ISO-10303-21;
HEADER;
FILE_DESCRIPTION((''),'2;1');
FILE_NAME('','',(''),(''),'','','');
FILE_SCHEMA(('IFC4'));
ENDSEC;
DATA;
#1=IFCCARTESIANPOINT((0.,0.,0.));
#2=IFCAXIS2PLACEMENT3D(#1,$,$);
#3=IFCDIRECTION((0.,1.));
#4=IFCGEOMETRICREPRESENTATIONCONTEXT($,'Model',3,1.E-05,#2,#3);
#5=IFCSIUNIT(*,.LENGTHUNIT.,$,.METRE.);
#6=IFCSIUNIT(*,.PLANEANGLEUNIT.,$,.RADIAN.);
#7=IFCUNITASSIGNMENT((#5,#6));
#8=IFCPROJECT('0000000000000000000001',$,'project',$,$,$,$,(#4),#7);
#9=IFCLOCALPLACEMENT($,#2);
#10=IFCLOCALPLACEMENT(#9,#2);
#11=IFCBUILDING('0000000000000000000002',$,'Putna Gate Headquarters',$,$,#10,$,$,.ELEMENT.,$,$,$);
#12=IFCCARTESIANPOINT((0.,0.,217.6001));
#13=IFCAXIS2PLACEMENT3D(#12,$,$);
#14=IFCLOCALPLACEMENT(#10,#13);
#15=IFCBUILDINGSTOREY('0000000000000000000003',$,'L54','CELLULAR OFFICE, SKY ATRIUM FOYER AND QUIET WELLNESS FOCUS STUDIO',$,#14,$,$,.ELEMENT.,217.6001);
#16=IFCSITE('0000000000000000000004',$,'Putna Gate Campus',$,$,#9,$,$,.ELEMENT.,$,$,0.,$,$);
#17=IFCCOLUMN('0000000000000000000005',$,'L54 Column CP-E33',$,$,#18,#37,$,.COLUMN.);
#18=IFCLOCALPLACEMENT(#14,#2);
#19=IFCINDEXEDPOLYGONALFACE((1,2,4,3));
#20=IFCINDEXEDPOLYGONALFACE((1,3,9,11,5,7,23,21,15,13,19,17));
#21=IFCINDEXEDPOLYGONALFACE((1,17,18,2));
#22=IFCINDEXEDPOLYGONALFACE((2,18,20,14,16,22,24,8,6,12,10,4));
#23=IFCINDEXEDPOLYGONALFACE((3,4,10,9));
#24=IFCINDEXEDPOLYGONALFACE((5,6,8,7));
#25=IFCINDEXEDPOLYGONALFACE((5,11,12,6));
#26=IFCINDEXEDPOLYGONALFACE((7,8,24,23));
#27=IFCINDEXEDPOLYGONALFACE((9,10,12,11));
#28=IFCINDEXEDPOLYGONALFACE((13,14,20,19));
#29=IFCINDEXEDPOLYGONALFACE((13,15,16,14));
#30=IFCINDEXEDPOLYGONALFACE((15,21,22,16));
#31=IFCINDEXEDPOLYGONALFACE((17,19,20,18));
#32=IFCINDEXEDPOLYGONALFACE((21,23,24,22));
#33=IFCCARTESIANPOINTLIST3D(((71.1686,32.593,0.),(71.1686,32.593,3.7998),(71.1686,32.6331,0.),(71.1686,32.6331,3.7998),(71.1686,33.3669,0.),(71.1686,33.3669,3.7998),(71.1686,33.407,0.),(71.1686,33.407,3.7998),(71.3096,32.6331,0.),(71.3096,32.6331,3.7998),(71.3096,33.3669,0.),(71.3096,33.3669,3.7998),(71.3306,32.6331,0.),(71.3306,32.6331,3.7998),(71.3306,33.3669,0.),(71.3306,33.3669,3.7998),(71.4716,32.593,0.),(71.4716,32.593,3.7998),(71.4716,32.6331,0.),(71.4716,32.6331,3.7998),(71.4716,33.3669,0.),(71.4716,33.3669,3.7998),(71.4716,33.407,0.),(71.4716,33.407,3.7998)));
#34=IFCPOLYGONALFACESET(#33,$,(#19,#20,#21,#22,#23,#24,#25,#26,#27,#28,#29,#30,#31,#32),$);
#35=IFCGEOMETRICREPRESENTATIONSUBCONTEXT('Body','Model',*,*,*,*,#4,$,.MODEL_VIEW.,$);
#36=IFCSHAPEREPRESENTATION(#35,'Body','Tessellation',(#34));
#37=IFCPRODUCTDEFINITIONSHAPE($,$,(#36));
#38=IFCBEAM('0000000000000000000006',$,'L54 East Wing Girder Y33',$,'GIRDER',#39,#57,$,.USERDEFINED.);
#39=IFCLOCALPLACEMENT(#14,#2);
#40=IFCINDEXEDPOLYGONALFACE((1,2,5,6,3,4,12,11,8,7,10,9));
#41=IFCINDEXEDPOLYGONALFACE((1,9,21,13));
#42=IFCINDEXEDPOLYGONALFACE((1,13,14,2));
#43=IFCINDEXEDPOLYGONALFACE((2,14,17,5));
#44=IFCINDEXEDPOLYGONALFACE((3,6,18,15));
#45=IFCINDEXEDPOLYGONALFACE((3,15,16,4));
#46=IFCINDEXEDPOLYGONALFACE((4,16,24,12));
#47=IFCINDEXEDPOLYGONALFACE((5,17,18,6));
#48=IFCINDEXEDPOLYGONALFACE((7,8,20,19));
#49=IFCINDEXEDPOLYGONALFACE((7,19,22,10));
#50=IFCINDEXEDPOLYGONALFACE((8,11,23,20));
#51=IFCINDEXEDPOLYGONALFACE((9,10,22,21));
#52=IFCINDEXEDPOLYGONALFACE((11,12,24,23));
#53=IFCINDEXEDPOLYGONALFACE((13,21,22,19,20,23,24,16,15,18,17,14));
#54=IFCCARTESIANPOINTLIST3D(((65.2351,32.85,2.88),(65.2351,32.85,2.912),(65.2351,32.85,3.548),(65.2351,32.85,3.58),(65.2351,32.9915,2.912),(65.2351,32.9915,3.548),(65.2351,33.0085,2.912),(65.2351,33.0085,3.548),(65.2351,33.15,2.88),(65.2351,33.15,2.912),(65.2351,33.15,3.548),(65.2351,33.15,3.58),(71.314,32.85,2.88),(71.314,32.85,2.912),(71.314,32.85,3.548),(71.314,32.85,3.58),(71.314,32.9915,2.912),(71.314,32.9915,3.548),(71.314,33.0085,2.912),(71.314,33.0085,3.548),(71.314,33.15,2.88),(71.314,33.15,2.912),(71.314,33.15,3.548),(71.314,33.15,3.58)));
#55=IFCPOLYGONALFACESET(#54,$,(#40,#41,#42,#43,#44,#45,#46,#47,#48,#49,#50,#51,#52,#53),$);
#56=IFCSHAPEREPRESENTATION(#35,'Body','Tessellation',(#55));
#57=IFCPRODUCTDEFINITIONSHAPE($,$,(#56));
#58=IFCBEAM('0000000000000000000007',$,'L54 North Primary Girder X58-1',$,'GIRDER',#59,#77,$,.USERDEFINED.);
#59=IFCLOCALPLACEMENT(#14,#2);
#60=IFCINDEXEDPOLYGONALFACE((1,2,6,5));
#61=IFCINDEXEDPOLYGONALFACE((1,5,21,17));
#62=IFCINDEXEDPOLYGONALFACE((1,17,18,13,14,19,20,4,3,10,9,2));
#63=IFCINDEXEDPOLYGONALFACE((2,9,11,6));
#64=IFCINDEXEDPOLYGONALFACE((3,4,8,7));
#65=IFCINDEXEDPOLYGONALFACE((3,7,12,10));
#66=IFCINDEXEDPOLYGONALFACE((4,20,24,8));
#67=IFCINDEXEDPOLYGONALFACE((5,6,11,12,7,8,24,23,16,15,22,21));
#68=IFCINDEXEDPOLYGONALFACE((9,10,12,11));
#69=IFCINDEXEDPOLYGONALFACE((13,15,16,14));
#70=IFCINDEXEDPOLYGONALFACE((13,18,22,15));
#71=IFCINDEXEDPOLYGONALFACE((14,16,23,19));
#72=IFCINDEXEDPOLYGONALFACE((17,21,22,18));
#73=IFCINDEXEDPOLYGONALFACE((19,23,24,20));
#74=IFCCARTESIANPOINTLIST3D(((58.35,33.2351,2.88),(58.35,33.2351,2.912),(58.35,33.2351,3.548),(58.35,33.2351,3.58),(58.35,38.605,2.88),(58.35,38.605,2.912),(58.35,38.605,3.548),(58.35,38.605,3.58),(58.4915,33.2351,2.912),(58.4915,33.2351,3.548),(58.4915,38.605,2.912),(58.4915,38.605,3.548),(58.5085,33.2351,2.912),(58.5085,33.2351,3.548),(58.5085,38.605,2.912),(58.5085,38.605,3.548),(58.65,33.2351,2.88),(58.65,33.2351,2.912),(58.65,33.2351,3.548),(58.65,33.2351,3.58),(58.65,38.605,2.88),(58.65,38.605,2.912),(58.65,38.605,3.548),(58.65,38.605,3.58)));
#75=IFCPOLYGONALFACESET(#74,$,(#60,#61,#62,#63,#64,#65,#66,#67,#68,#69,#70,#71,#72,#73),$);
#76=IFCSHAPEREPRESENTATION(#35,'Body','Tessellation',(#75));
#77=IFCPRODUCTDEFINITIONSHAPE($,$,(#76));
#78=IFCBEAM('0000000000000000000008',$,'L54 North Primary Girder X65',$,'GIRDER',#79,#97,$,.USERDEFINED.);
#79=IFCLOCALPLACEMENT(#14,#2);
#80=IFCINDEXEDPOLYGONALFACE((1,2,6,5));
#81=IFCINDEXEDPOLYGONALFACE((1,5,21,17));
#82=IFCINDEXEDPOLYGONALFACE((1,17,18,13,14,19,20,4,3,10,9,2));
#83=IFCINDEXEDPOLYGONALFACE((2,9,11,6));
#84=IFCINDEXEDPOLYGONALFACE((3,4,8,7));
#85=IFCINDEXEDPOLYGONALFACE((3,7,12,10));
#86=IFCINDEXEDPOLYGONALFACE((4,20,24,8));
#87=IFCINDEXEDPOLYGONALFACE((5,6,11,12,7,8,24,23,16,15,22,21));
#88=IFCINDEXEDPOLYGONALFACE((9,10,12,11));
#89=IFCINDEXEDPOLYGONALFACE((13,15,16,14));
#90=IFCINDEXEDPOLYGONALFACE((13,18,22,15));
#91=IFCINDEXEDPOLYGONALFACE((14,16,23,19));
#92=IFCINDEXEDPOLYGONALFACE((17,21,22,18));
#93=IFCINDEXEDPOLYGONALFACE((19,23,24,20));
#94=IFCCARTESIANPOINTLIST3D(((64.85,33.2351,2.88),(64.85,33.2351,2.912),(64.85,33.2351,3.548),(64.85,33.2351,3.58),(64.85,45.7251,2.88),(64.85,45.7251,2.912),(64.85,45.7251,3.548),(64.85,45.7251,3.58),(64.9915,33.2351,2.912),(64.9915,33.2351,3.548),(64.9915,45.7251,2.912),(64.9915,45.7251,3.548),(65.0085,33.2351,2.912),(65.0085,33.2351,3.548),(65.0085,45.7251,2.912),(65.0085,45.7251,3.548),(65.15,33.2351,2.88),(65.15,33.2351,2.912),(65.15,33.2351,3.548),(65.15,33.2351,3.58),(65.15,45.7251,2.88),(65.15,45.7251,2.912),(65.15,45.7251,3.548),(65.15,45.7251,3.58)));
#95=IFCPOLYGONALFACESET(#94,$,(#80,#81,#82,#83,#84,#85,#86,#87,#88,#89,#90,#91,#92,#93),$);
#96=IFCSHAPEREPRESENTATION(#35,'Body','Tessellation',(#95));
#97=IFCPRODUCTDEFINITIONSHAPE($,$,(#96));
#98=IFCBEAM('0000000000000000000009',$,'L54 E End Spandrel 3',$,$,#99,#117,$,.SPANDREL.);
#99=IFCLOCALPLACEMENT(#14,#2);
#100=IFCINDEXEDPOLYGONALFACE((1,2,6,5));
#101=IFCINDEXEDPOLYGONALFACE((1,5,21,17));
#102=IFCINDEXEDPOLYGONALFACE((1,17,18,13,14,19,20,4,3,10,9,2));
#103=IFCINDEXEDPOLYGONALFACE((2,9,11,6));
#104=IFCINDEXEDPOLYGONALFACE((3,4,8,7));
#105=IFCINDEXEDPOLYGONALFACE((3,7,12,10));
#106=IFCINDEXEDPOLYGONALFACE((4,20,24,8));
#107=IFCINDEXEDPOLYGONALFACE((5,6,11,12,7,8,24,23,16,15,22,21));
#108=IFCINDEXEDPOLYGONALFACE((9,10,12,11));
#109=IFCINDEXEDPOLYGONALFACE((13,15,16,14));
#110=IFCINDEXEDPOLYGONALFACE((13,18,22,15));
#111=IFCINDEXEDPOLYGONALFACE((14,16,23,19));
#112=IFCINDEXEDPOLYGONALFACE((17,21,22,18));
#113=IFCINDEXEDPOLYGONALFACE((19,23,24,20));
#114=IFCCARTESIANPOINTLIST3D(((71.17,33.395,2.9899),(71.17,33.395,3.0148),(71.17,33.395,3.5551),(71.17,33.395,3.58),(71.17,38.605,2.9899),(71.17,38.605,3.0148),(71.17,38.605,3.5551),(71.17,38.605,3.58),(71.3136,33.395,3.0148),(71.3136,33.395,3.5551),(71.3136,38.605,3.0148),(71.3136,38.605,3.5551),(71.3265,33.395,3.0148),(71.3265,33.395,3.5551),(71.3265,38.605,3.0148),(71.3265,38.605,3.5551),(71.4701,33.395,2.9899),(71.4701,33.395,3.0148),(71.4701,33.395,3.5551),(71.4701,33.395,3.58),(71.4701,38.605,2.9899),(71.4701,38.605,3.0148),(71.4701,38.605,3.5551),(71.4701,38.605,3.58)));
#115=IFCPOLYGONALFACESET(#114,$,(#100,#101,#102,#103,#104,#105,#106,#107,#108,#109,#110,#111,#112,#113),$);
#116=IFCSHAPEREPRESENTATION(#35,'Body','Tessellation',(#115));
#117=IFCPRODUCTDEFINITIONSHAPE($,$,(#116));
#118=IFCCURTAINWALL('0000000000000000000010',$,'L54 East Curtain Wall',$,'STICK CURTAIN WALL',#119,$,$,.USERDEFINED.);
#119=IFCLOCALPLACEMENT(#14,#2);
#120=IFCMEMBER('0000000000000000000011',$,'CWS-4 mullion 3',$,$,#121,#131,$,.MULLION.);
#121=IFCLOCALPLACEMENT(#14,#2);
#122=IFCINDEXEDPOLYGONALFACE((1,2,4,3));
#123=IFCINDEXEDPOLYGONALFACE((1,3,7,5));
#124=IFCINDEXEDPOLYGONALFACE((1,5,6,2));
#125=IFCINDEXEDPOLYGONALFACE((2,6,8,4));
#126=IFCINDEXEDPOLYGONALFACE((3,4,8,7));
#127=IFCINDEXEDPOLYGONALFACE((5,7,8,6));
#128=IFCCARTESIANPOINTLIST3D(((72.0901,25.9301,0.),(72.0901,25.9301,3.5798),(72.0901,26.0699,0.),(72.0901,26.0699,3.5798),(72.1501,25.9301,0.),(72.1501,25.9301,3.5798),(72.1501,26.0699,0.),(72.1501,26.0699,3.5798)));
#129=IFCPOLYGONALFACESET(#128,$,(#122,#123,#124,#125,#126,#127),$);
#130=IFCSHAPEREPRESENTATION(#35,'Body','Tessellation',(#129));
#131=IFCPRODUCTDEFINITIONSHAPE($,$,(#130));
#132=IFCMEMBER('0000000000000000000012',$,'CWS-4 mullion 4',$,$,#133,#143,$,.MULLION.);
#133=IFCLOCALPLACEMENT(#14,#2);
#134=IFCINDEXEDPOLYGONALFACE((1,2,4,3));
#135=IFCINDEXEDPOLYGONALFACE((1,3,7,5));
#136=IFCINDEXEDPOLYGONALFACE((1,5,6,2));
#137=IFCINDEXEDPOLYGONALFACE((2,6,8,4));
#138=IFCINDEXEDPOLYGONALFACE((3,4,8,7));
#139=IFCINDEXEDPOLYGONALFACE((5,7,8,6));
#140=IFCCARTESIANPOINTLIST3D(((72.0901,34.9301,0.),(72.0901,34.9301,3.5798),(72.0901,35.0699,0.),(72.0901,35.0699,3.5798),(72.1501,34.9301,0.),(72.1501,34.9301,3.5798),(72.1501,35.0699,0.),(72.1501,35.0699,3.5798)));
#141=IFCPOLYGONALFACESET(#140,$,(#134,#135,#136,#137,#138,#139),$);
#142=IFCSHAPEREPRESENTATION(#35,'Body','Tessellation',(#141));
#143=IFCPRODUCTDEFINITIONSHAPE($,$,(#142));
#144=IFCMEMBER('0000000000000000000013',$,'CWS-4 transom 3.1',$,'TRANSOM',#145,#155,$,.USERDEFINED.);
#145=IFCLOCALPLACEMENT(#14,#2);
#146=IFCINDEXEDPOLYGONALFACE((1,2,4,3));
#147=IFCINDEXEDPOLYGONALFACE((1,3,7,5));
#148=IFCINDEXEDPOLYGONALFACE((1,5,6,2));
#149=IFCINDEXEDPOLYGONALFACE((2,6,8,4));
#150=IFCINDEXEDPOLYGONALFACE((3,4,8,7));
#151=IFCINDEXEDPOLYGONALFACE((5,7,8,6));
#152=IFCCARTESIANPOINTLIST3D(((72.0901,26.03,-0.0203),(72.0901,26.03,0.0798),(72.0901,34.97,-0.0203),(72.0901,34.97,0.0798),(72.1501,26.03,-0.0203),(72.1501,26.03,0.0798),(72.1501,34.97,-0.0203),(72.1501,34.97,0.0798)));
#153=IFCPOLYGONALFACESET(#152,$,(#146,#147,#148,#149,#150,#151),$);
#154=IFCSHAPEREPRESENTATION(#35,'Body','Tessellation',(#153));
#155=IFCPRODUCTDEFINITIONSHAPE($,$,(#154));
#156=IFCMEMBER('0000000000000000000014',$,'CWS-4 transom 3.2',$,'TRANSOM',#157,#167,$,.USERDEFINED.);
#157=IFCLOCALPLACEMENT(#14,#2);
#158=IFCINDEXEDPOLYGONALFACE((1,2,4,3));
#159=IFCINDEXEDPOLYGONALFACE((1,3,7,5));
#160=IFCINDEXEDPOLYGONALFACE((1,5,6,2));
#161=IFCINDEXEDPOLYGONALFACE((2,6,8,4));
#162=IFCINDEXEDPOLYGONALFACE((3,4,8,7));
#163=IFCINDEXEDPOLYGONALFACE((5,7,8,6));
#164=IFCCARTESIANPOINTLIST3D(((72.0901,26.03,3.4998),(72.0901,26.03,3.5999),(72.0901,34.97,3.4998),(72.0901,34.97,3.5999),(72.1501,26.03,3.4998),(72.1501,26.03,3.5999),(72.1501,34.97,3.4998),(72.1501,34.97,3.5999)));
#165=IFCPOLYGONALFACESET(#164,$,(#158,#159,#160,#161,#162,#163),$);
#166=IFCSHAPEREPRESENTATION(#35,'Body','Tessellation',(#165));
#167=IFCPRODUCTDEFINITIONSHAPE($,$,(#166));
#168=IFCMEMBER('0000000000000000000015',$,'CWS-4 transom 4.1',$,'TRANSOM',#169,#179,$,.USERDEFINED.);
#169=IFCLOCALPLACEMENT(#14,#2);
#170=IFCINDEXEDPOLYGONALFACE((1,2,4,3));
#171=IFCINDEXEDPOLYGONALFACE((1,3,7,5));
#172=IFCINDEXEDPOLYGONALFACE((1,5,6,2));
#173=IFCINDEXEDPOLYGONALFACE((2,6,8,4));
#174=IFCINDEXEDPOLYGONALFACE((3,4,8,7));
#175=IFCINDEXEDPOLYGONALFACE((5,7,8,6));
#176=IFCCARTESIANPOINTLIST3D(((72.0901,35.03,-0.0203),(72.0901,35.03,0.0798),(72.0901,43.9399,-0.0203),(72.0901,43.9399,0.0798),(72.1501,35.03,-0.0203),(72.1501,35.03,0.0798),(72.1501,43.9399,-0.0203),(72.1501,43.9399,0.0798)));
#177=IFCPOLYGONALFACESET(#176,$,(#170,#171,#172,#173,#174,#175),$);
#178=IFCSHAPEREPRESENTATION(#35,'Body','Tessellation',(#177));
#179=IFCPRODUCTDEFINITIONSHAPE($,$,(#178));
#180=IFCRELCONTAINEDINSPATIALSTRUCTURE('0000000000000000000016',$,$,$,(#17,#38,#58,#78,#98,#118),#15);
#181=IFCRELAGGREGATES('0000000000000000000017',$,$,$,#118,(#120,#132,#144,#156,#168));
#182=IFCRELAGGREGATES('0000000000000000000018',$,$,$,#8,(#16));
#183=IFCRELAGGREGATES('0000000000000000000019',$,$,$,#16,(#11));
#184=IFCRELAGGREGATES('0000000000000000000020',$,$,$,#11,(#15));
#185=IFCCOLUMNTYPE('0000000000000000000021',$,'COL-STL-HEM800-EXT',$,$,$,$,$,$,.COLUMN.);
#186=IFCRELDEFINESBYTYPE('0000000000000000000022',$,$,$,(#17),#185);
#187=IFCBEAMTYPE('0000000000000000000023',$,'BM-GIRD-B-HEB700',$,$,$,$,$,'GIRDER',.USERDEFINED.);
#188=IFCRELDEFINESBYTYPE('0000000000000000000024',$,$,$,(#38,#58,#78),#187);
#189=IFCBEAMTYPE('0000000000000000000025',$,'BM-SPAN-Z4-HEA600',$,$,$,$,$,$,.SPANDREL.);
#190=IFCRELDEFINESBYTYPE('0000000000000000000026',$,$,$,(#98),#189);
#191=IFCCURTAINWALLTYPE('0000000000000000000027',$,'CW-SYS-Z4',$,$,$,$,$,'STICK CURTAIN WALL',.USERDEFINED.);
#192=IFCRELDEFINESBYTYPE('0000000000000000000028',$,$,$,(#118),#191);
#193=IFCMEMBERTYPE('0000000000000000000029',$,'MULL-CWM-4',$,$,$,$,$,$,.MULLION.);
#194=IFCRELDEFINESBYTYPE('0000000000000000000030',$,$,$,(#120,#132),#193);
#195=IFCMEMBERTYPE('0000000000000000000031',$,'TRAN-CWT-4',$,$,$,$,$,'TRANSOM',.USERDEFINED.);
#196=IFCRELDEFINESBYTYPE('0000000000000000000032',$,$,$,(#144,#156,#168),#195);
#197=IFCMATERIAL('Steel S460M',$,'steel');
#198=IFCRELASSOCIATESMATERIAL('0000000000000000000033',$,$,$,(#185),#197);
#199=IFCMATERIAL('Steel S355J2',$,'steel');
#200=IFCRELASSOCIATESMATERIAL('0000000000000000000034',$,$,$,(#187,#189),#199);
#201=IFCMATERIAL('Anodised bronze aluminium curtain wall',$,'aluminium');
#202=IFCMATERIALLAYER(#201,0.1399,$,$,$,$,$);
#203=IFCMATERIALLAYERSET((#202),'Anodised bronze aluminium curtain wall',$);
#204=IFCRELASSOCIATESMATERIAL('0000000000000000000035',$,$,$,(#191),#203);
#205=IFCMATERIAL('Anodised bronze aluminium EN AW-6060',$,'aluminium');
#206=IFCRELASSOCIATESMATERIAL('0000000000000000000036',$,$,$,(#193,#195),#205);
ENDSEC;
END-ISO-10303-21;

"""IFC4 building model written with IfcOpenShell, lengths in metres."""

from ifc_helpers import new_model, si_unit, direction, frame, origin, origin_2d, place, context, subcontext, project, spatial, rectangle, i_section, extrude, material, layer, layer_set, material_profile, profile_set, type_object, element, aggregate, save


model = new_model("IFC4")

# Units and contexts
model_context = context("Model", 3, precision=1e-05, world=origin(), true_north=direction((0.0, 1.0)))
body_context = subcontext(model_context, "Body", "Model", "MODEL_VIEW")
ifc_project = project(units=[si_unit("LENGTHUNIT", "METRE"), si_unit("PLANEANGLEUNIT", "RADIAN")], contexts=[model_context])

# Site, building, storey
site_placement = place(None, origin())
site = spatial("IfcSite", under=ifc_project, at=site_placement, Name="Putna Gate Campus", CompositionType="ELEMENT", RefElevation=0.0)
building_placement = place(site_placement, origin())
building = spatial("IfcBuilding", under=site, at=building_placement, Name="Putna Gate Headquarters", CompositionType="ELEMENT")
storey_placement = place(building_placement, frame((0.0, 0.0, 217.6001)))
storey = spatial("IfcBuildingStorey", under=building, at=storey_placement, Name="L54", Description="CELLULAR OFFICE, SKY ATRIUM FOYER AND QUIET WELLNESS FOCUS STUDIO", CompositionType="ELEMENT", Elevation=217.6001)

# Column
ifc_material_1 = material(Name="Steel S460M", Category="steel")
ifc_material_profile_1 = material_profile(ifc_material_1, i_section(OverallWidth=0.303, OverallDepth=0.814, WebThickness=0.021, FlangeThickness=0.04, at=origin_2d()), Name="Steel S460M")
ifc_profile_set_1 = profile_set([ifc_material_profile_1], Name="Steel S460M")
column_type = type_object("IfcColumnType", Name="COL-STL-HEM800-EXT", PredefinedType="COLUMN", material=ifc_profile_set_1)
column_placement = place(storey_placement, frame((71.3201, 33.0, 0.0), z_axis=(0.0, 0.0, 1.0), x_axis=(1.0, 0.0, 0.0)))
element("IfcColumn", 1, at=column_placement, inside=storey, type_object=column_type, Name="L54 Column CP-E33", PredefinedType="COLUMN", context=body_context, shape_type="SweptSolid", body=[
    extrude(i_section(OverallWidth=0.303, OverallDepth=0.814, WebThickness=0.021, FlangeThickness=0.04, at=origin_2d()), origin(), (0.0, 0.0, 1.0), 3.7998),
])

# Beams
ifc_material_2 = material(Name="Steel S355J2", Category="steel")
ifc_material_profile_2 = material_profile(ifc_material_2, i_section(OverallWidth=0.3, OverallDepth=0.7, WebThickness=0.0171, FlangeThickness=0.032, at=origin_2d()), Name="Steel S355J2")
ifc_profile_set_2 = profile_set([ifc_material_profile_2], Name="Steel S355J2")
beam_type_1 = type_object("IfcBeamType", Name="BM-GIRD-B-HEB700", ElementType="GIRDER", PredefinedType="USERDEFINED", material=ifc_profile_set_2)
beam_1_placement = place(storey_placement, frame((65.2351, 33.0, 3.23), z_axis=(1.0, 0.0, 0.0), x_axis=(0.0, 1.0, 0.0)))
element("IfcBeam", 2, at=beam_1_placement, inside=storey, type_object=beam_type_1, Name="L54 East Wing Girder Y33", ObjectType="GIRDER", PredefinedType="USERDEFINED", context=body_context, shape_type="SweptSolid", body=[
    extrude(i_section(OverallWidth=0.3, OverallDepth=0.7, WebThickness=0.0171, FlangeThickness=0.032, at=origin_2d()), origin(), (0.0, 0.0, 1.0), 6.0789),
])
beam_2_placement = place(storey_placement, frame((58.5, 33.2351, 3.23), z_axis=(0.0, 1.0, 0.0), x_axis=(-1.0, 0.0, 0.0)))
element("IfcBeam", 3, at=beam_2_placement, inside=storey, type_object=beam_type_1, Name="L54 North Primary Girder X58-1", ObjectType="GIRDER", PredefinedType="USERDEFINED", context=body_context, shape_type="SweptSolid", body=[
    extrude(i_section(OverallWidth=0.3, OverallDepth=0.7, WebThickness=0.0171, FlangeThickness=0.032, at=origin_2d()), origin(), (0.0, 0.0, 1.0), 5.3699),
])
beam_3_placement = place(storey_placement, frame((65.0, 33.2351, 3.23), z_axis=(0.0, 1.0, 0.0), x_axis=(-1.0, 0.0, 0.0)))
element("IfcBeam", 4, at=beam_3_placement, inside=storey, type_object=beam_type_1, Name="L54 North Primary Girder X65", ObjectType="GIRDER", PredefinedType="USERDEFINED", context=body_context, shape_type="SweptSolid", body=[
    extrude(i_section(OverallWidth=0.3, OverallDepth=0.7, WebThickness=0.0171, FlangeThickness=0.032, at=origin_2d()), origin(), (0.0, 0.0, 1.0), 12.49),
])
ifc_material_profile_3 = material_profile(ifc_material_2, i_section(OverallWidth=0.3, OverallDepth=0.5901, WebThickness=0.0129, FlangeThickness=0.0249, at=origin_2d()), Name="Steel S355J2")
ifc_profile_set_3 = profile_set([ifc_material_profile_3], Name="Steel S355J2")
beam_type_2 = type_object("IfcBeamType", Name="BM-SPAN-Z4-HEA600", PredefinedType="SPANDREL", material=ifc_profile_set_3)
beam_4_placement = place(storey_placement, frame((71.3201, 33.395, 3.2849), z_axis=(0.0, 1.0, 0.0), x_axis=(-1.0, 0.0, 0.0)))
element("IfcBeam", 5, at=beam_4_placement, inside=storey, type_object=beam_type_2, Name="L54 E End Spandrel 3", PredefinedType="SPANDREL", context=body_context, shape_type="SweptSolid", body=[
    extrude(i_section(OverallWidth=0.3, OverallDepth=0.5901, WebThickness=0.0129, FlangeThickness=0.0249, at=origin_2d()), origin(), (0.0, 0.0, 1.0), 5.21),
])

# Curtain wall, members
ifc_material_3 = material(Name="Anodised bronze aluminium curtain wall", Category="aluminium")
ifc_layer_1 = layer(ifc_material_3, 0.1399)
ifc_layer_set_1 = layer_set([ifc_layer_1], Name="Anodised bronze aluminium curtain wall")
curtain_wall_type = type_object("IfcCurtainWallType", Name="CW-SYS-Z4", ElementType="STICK CURTAIN WALL", PredefinedType="USERDEFINED", material=ifc_layer_set_1)
curtain_wall_placement = place(storey_placement, origin())
curtain_wall = element("IfcCurtainWall", 6, at=curtain_wall_placement, inside=storey, type_object=curtain_wall_type, Name="L54 East Curtain Wall", ObjectType="STICK CURTAIN WALL", PredefinedType="USERDEFINED")
ifc_material_4 = material(Name="Anodised bronze aluminium EN AW-6060", Category="aluminium")
ifc_material_profile_4 = material_profile(ifc_material_4, rectangle(XDim=0.0601, YDim=0.1399, at=origin_2d()), Name="Anodised bronze aluminium EN AW-6060")
ifc_profile_set_4 = profile_set([ifc_material_profile_4], Name="Anodised bronze aluminium EN AW-6060")
member_type_1 = type_object("IfcMemberType", Name="MULL-CWM-4", PredefinedType="MULLION", material=ifc_profile_set_4)
member_1_placement = place(storey_placement, frame((72.1201, 26.0, 0.0), z_axis=(0.0, 0.0, 1.0), x_axis=(-1.0, 0.0, 0.0)))
member_1 = element("IfcMember", 7, at=member_1_placement, type_object=member_type_1, Name="CWS-4 mullion 3", PredefinedType="MULLION", context=body_context, shape_type="SweptSolid", body=[
    extrude(rectangle(XDim=0.0601, YDim=0.1399, at=origin_2d()), origin(), (0.0, 0.0, 1.0), 3.5798),
])
member_2_placement = place(storey_placement, frame((72.1201, 35.0, 0.0), z_axis=(0.0, 0.0, 1.0), x_axis=(-1.0, 0.0, 0.0)))
member_2 = element("IfcMember", 8, at=member_2_placement, type_object=member_type_1, Name="CWS-4 mullion 4", PredefinedType="MULLION", context=body_context, shape_type="SweptSolid", body=[
    extrude(rectangle(XDim=0.0601, YDim=0.1399, at=origin_2d()), origin(), (0.0, 0.0, 1.0), 3.5798),
])
ifc_material_profile_5 = material_profile(ifc_material_4, rectangle(XDim=0.0601, YDim=0.1001, at=origin_2d()), Name="Anodised bronze aluminium EN AW-6060")
ifc_profile_set_5 = profile_set([ifc_material_profile_5], Name="Anodised bronze aluminium EN AW-6060")
member_type_2 = type_object("IfcMemberType", Name="TRAN-CWT-4", ElementType="TRANSOM", PredefinedType="USERDEFINED", material=ifc_profile_set_5)
member_3_placement = place(storey_placement, frame((72.1201, 26.03, 0.0298), z_axis=(0.0, 1.0, 0.0), x_axis=(-1.0, 0.0, 0.0)))
member_3 = element("IfcMember", 9, at=member_3_placement, type_object=member_type_2, Name="CWS-4 transom 3.1", ObjectType="TRANSOM", PredefinedType="USERDEFINED", context=body_context, shape_type="SweptSolid", body=[
    extrude(rectangle(XDim=0.0601, YDim=0.1001, at=origin_2d()), origin(), (0.0, 0.0, 1.0), 8.9399),
])
member_4_placement = place(storey_placement, frame((72.1201, 26.03, 3.5498), z_axis=(0.0, 1.0, 0.0), x_axis=(-1.0, 0.0, 0.0)))
member_4 = element("IfcMember", 10, at=member_4_placement, type_object=member_type_2, Name="CWS-4 transom 3.2", ObjectType="TRANSOM", PredefinedType="USERDEFINED", context=body_context, shape_type="SweptSolid", body=[
    extrude(rectangle(XDim=0.0601, YDim=0.1001, at=origin_2d()), origin(), (0.0, 0.0, 1.0), 8.9399),
])
member_5_placement = place(storey_placement, frame((72.1201, 35.03, 0.0298), z_axis=(0.0, 1.0, 0.0), x_axis=(-1.0, 0.0, 0.0)))
member_5 = element("IfcMember", 11, at=member_5_placement, type_object=member_type_2, Name="CWS-4 transom 4.1", ObjectType="TRANSOM", PredefinedType="USERDEFINED", context=body_context, shape_type="SweptSolid", body=[
    extrude(rectangle(XDim=0.0601, YDim=0.1001, at=origin_2d()), origin(), (0.0, 0.0, 1.0), 8.9099),
])
aggregate(curtain_wall, [member_1, member_2, member_3, member_4, member_5])

save(model, "model.ifc")
